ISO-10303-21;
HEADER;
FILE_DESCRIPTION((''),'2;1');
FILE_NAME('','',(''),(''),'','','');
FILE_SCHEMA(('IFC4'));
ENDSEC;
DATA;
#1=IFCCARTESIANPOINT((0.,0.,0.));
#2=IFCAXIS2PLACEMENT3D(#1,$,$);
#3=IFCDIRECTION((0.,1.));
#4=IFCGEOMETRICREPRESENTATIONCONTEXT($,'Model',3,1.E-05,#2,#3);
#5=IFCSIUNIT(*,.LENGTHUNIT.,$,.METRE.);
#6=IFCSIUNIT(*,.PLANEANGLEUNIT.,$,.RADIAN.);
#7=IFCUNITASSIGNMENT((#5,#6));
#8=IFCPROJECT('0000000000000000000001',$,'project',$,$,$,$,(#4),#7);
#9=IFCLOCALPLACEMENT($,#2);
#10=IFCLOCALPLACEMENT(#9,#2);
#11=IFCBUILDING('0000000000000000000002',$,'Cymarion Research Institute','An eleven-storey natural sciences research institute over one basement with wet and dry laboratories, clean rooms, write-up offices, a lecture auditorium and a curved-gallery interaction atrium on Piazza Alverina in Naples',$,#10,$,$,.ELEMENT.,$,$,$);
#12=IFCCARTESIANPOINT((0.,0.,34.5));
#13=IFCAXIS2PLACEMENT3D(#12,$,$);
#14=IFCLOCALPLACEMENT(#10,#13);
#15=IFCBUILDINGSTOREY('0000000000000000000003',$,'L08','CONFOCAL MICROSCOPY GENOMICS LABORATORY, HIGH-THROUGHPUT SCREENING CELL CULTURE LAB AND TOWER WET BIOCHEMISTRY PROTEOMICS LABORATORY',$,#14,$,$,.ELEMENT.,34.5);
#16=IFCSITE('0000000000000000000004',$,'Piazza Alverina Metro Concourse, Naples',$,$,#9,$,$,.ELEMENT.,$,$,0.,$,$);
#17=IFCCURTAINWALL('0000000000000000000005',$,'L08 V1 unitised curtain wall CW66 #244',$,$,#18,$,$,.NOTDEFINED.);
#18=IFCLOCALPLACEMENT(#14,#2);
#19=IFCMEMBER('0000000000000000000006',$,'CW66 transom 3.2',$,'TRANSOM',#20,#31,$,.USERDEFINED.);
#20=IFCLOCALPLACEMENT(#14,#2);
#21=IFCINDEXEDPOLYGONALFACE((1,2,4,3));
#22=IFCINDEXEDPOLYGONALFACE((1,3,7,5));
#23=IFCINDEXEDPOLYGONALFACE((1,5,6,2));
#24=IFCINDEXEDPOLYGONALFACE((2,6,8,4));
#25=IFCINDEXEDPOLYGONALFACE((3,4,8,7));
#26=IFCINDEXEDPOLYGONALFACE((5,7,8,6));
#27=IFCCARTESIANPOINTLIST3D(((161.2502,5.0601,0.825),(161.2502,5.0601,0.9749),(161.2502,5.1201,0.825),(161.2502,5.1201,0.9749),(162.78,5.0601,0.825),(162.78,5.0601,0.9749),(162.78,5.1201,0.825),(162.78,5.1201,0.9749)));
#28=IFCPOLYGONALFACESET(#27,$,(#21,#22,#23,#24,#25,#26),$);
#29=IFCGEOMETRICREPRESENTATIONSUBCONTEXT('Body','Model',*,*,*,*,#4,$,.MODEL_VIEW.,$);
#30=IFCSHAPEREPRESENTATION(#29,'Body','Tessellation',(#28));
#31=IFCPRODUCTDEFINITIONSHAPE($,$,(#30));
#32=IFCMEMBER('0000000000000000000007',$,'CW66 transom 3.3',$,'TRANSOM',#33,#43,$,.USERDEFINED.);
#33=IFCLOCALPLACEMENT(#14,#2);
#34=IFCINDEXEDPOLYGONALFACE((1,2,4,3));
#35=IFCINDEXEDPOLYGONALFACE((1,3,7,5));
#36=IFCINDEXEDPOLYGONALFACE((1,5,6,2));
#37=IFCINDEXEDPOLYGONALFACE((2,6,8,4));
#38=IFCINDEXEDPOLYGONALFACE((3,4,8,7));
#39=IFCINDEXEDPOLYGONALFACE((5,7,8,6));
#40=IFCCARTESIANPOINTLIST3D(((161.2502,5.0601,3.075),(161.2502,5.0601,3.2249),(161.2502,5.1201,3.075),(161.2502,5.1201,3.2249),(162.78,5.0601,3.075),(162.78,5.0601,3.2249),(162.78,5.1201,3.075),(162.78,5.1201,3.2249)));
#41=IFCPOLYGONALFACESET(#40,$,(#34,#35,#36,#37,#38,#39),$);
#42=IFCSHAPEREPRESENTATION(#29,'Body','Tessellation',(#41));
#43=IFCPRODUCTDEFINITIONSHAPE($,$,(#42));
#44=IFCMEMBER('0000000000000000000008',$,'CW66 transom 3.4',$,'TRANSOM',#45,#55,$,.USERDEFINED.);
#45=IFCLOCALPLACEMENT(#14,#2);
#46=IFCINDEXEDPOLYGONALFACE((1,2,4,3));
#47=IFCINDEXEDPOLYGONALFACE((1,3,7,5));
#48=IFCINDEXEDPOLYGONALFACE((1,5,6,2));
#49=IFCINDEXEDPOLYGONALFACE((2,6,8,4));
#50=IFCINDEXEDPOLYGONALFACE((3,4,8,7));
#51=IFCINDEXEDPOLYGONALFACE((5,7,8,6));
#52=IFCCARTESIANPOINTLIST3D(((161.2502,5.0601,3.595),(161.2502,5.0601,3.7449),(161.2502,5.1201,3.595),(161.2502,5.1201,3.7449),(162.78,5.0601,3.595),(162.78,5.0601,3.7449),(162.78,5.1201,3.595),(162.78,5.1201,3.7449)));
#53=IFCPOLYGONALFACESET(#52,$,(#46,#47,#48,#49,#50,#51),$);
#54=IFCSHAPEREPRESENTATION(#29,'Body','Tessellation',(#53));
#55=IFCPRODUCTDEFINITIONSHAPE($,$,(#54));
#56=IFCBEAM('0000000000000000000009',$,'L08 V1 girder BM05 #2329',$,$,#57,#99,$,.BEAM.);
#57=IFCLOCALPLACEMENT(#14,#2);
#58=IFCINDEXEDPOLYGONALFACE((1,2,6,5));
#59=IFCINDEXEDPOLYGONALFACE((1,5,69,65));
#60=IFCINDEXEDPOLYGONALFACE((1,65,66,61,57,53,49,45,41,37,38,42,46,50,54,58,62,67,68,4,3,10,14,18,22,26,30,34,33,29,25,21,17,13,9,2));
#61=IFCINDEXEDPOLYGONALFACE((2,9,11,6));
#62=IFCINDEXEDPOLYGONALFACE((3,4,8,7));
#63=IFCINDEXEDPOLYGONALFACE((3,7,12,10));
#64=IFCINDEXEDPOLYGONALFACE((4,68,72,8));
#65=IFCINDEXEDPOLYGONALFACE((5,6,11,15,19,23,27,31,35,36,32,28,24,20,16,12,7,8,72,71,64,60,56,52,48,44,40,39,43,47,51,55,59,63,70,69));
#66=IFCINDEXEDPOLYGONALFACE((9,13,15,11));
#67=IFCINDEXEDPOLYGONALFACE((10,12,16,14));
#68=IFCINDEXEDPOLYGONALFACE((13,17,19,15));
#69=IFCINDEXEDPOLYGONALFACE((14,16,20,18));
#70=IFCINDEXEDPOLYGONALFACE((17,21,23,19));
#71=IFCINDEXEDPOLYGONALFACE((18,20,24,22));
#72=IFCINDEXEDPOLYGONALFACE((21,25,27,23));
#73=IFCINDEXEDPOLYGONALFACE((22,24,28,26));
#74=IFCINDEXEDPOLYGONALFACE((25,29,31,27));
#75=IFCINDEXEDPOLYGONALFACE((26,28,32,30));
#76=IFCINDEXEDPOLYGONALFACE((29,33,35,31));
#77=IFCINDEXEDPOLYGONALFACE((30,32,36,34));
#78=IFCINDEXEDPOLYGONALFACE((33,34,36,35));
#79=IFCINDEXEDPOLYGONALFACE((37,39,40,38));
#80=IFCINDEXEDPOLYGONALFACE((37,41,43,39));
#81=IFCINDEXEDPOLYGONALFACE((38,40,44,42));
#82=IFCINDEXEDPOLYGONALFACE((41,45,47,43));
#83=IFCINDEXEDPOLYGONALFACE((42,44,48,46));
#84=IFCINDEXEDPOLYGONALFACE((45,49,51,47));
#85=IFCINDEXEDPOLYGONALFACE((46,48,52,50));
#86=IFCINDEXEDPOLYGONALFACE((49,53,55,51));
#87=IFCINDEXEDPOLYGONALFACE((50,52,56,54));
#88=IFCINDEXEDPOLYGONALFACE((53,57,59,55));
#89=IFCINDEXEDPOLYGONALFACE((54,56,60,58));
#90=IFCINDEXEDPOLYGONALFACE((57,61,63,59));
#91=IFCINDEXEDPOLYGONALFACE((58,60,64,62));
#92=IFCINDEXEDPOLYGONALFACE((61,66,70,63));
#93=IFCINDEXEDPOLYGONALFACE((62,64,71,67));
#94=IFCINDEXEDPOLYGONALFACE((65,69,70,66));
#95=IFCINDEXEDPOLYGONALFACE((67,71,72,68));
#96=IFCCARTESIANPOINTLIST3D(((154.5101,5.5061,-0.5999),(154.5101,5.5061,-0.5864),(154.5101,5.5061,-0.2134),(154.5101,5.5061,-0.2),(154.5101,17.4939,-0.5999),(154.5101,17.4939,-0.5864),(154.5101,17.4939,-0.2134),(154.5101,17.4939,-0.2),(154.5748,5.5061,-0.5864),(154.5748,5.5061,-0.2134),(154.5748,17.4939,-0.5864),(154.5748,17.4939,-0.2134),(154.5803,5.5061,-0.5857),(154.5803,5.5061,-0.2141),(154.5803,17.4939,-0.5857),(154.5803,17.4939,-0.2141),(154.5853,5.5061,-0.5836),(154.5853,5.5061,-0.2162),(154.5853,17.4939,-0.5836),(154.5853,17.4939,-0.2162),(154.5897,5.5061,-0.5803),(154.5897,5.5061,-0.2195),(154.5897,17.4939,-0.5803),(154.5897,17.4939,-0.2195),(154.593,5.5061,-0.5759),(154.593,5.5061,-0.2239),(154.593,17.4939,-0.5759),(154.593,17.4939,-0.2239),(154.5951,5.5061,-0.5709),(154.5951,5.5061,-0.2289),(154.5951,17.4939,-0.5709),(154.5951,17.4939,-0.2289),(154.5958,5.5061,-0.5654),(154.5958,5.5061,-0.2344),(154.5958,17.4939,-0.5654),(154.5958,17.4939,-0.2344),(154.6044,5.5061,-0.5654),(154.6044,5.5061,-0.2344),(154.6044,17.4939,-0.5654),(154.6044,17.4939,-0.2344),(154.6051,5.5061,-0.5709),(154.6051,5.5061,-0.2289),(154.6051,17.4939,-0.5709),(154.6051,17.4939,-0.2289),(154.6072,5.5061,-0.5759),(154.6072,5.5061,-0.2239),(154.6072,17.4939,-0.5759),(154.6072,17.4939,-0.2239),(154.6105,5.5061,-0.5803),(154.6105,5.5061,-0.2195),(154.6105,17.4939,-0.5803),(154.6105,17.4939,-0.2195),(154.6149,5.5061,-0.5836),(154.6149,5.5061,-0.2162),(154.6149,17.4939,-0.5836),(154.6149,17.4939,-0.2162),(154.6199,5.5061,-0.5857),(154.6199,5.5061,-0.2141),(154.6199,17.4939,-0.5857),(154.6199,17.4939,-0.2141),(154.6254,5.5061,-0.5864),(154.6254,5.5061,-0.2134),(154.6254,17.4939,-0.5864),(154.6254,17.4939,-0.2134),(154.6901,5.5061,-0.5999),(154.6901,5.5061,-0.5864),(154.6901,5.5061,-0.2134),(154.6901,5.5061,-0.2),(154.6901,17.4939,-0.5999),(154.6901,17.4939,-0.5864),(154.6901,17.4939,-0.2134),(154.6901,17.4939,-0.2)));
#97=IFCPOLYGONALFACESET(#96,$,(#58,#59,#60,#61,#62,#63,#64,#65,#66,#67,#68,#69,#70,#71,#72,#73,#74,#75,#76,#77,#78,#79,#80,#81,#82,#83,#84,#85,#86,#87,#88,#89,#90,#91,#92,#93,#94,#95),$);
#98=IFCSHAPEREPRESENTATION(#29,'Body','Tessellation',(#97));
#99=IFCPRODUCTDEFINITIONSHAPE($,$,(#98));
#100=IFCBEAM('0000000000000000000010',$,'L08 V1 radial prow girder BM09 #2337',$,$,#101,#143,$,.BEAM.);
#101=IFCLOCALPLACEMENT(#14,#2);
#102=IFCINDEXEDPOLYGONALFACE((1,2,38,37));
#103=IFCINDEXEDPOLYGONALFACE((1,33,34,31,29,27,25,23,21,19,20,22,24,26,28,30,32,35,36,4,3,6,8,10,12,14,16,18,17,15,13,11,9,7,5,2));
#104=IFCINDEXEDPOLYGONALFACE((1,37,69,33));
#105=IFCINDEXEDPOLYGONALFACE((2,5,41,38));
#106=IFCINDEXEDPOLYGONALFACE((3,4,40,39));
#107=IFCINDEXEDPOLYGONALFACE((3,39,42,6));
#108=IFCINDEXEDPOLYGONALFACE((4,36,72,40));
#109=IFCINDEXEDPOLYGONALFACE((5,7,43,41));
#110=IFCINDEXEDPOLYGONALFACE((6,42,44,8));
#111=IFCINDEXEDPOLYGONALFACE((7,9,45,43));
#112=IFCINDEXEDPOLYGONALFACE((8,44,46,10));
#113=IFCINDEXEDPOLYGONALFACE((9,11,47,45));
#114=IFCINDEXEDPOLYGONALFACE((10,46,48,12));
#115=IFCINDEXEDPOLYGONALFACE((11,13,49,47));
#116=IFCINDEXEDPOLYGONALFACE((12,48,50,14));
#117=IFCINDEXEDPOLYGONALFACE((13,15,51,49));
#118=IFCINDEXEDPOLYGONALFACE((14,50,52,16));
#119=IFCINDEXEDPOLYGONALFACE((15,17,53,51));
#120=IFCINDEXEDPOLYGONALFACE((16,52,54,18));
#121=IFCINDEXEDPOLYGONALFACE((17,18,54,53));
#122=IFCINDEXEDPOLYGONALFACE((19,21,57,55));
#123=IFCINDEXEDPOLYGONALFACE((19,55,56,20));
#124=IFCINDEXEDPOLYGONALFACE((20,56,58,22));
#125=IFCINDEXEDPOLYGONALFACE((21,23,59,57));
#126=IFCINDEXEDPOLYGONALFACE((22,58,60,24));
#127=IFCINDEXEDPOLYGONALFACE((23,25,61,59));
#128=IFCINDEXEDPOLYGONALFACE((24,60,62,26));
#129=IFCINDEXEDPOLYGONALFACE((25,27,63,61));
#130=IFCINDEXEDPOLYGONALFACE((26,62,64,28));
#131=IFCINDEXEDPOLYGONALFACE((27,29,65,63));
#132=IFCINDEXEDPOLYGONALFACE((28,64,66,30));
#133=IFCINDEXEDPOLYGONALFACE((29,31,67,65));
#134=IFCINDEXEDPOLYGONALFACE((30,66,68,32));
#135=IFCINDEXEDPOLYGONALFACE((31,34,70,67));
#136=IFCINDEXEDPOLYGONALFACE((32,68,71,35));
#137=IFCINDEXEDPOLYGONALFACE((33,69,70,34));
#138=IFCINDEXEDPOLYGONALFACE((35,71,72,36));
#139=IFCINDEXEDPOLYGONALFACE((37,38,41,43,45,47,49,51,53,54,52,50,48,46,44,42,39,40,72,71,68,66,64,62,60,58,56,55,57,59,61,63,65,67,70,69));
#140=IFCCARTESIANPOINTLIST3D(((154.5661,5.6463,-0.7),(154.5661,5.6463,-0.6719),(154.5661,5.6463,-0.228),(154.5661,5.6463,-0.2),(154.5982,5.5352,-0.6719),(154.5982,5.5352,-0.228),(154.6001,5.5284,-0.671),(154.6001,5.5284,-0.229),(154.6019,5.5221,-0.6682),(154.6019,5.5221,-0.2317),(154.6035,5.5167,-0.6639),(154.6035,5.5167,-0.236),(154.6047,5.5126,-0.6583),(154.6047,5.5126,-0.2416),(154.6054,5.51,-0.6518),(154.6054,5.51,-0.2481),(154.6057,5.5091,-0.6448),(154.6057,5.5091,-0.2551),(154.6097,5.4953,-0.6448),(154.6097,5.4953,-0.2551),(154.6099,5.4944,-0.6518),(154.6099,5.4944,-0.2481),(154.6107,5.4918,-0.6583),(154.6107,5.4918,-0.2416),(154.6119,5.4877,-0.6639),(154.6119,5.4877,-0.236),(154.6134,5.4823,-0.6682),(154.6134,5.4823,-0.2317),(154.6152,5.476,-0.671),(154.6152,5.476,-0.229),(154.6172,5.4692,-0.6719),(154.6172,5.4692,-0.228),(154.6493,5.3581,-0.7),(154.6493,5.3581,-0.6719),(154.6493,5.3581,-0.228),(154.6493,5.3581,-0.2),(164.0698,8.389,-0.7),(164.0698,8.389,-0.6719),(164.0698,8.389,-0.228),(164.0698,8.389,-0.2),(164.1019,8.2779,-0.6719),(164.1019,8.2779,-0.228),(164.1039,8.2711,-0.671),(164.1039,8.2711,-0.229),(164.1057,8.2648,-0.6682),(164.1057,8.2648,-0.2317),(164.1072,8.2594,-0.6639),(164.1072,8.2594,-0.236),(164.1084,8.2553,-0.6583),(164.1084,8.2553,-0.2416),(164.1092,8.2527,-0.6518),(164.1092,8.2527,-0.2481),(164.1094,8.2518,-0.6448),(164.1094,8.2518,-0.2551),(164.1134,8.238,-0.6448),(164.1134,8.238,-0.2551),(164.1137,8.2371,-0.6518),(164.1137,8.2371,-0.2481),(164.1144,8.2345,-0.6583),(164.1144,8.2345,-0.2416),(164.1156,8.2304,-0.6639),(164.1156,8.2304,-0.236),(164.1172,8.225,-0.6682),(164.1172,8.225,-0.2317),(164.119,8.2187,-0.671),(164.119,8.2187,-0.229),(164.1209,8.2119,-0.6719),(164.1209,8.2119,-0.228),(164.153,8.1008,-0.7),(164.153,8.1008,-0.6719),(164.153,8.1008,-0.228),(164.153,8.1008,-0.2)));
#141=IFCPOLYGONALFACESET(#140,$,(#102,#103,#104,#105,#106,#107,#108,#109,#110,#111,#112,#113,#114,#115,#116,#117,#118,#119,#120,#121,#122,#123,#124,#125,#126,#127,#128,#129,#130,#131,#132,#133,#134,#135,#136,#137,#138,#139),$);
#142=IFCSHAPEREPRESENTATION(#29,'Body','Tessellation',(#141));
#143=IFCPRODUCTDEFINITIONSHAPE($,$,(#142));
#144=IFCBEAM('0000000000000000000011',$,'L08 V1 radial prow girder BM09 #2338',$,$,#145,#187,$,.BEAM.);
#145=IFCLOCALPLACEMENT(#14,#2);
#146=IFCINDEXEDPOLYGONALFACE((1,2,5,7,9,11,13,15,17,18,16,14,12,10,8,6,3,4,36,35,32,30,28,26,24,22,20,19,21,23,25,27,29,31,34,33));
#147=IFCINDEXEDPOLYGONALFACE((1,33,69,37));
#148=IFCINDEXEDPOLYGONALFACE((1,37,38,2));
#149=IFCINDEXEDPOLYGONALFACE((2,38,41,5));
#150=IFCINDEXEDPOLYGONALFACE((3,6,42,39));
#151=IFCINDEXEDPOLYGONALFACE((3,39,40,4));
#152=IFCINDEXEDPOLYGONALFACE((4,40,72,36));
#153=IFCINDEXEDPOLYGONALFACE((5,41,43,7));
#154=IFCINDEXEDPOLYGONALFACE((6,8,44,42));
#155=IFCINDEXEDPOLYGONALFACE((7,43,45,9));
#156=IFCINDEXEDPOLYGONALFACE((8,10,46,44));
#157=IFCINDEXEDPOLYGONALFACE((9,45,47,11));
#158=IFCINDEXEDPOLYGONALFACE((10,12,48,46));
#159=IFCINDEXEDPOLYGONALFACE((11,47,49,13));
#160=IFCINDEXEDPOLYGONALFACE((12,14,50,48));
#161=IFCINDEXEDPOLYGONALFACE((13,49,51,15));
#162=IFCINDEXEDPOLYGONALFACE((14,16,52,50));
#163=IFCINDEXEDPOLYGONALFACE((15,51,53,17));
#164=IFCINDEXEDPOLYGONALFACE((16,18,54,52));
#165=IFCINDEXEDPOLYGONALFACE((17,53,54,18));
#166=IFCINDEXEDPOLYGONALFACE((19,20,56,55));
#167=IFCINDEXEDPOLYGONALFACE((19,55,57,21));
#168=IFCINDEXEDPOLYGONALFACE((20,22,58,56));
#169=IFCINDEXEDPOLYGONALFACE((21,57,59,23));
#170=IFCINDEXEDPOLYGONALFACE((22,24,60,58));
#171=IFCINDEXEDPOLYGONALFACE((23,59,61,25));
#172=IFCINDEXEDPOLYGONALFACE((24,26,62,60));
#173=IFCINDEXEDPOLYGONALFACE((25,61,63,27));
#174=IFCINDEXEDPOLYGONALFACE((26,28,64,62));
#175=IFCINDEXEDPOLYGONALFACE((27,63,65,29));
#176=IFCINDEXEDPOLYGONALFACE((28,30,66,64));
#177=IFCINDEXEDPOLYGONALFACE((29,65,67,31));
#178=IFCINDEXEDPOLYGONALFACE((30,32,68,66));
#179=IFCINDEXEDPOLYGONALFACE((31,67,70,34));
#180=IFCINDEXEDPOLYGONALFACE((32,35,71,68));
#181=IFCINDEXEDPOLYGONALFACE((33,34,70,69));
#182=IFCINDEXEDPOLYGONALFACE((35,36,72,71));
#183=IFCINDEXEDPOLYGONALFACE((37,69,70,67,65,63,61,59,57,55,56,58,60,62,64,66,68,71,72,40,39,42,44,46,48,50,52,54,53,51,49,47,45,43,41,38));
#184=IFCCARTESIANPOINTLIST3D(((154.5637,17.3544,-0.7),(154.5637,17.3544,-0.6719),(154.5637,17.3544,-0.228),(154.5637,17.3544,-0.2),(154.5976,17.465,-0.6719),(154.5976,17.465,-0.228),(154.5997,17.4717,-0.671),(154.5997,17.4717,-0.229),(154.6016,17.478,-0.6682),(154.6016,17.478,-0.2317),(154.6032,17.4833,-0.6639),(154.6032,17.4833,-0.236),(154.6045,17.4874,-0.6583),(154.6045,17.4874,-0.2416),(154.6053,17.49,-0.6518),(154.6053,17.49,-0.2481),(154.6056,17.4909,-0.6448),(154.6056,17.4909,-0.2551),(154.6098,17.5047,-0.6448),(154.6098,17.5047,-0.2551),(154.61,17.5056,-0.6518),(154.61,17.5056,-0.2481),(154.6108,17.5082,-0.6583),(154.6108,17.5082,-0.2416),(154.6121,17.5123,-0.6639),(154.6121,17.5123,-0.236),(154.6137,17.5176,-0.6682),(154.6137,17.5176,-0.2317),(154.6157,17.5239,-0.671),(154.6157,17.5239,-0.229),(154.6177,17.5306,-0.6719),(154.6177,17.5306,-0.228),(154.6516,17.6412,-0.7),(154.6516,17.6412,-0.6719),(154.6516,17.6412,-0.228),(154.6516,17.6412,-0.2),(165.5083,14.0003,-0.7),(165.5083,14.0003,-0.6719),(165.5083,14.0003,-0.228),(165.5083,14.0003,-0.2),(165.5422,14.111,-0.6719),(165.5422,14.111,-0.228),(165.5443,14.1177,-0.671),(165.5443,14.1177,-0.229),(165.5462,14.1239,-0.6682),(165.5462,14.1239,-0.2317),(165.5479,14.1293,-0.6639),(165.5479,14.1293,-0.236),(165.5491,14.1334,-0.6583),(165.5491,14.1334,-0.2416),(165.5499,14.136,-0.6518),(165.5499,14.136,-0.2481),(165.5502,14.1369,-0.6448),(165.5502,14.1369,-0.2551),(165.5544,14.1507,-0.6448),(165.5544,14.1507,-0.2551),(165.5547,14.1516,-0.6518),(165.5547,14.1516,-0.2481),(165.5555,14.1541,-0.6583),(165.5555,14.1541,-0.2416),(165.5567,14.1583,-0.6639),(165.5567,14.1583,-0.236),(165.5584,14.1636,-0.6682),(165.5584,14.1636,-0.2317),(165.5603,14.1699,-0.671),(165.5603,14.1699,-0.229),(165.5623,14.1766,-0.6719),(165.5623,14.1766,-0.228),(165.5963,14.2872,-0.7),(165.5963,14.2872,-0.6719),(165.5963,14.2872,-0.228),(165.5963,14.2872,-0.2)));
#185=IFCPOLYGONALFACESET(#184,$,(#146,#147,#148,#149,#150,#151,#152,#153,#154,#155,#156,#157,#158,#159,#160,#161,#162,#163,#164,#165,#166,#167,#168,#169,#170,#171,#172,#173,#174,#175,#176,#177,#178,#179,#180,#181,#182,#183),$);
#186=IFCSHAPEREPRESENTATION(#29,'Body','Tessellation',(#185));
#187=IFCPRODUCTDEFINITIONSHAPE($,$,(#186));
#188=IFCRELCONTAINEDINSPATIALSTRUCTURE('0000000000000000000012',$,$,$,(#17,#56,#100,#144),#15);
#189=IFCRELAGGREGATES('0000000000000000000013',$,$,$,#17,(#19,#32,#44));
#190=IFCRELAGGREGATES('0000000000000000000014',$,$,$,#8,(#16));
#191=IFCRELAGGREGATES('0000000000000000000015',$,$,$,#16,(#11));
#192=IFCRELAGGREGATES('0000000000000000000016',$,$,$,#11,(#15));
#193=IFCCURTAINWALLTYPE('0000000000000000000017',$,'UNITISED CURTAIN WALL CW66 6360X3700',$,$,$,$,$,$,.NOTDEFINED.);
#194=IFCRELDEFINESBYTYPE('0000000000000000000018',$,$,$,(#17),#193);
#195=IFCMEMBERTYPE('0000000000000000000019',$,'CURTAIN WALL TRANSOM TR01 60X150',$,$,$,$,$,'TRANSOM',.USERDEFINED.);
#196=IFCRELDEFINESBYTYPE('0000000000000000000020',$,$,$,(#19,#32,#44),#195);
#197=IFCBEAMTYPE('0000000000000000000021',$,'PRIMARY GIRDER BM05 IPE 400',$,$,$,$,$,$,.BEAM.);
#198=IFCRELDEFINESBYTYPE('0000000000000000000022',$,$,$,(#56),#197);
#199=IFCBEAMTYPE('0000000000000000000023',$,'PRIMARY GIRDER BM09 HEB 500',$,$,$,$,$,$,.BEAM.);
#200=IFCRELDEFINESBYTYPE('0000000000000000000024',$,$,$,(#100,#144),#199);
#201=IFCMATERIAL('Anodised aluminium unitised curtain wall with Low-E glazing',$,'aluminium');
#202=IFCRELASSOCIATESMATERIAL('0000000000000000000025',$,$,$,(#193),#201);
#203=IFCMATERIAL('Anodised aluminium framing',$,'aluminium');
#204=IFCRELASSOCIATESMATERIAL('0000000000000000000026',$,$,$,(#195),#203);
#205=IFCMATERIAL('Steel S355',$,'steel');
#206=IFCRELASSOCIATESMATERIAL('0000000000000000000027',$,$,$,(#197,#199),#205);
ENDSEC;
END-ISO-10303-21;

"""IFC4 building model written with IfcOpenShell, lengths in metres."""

from ifc_helpers import new_model, si_unit, direction, frame, origin, origin_2d, place, context, subcontext, project, spatial, rectangle, i_section, extrude, material, material_profile, profile_set, type_object, element, aggregate, save


model = new_model("IFC4")

# Units and contexts
model_context = context("Model", 3, precision=1e-05, world=origin(), true_north=direction((0.0, 1.0)))
body_context = subcontext(model_context, "Body", "Model", "MODEL_VIEW")
ifc_project = project(units=[si_unit("LENGTHUNIT", "METRE"), si_unit("PLANEANGLEUNIT", "RADIAN")], contexts=[model_context])

# Site, building, storey
site_placement = place(None, origin())
site = spatial("IfcSite", under=ifc_project, at=site_placement, Name="Piazza Alverina Metro Concourse, Naples", CompositionType="ELEMENT", RefElevation=0.0)
building_placement = place(site_placement, origin())
building = spatial("IfcBuilding", under=site, at=building_placement, Name="Cymarion Research Institute", Description="An eleven-storey natural sciences research institute over one basement with wet and dry laboratories, clean rooms, write-up offices, a lecture auditorium and a curved-gallery interaction atrium on Piazza Alverina in Naples", CompositionType="ELEMENT")
storey_placement = place(building_placement, frame((0.0, 0.0, 34.5)))
storey = spatial("IfcBuildingStorey", under=building, at=storey_placement, Name="L08", Description="CONFOCAL MICROSCOPY GENOMICS LABORATORY, HIGH-THROUGHPUT SCREENING CELL CULTURE LAB AND TOWER WET BIOCHEMISTRY PROTEOMICS LABORATORY", CompositionType="ELEMENT", Elevation=34.5)

# Shared definitions
ifc_material_1 = material(Name="Steel S355", Category="steel")

# Curtain wall, members
ifc_material_2 = material(Name="Anodised aluminium unitised curtain wall with Low-E glazing", Category="aluminium")
curtain_wall_type = type_object("IfcCurtainWallType", Name="UNITISED CURTAIN WALL CW66 6360X3700", PredefinedType="NOTDEFINED", material=ifc_material_2)
curtain_wall_placement = place(storey_placement, origin())
curtain_wall = element("IfcCurtainWall", 1, at=curtain_wall_placement, inside=storey, type_object=curtain_wall_type, Name="L08 V1 unitised curtain wall CW66 #244", PredefinedType="NOTDEFINED")
ifc_material_3 = material(Name="Anodised aluminium framing", Category="aluminium")
ifc_material_profile_1 = material_profile(ifc_material_3, rectangle(XDim=0.0601, YDim=0.1499, at=origin_2d()), Name="ALU TRANSOM 60x150")
ifc_profile_set_1 = profile_set([ifc_material_profile_1], Name="Anodised aluminium framing")
member_type_1 = type_object("IfcMemberType", Name="CURTAIN WALL TRANSOM TR01 60X150", ElementType="TRANSOM", PredefinedType="USERDEFINED", material=ifc_profile_set_1)
member_1_placement = place(storey_placement, frame((161.2502, 5.0901, 0.8999), z_axis=(1.0, 0.0, 0.0), x_axis=(0.0, 1.0, 0.0)))
member_1 = element("IfcMember", 2, at=member_1_placement, type_object=member_type_1, Name="CW66 transom 3.2", ObjectType="TRANSOM", PredefinedType="USERDEFINED", context=body_context, shape_type="SweptSolid", body=[
    extrude(rectangle(XDim=0.0601, YDim=0.1499, at=origin_2d()), origin(), (0.0, 0.0, 1.0), 1.5298),
])
member_2_placement = place(storey_placement, frame((161.2502, 5.0901, 3.1499), z_axis=(1.0, 0.0, 0.0), x_axis=(0.0, 1.0, 0.0)))
member_2 = element("IfcMember", 3, at=member_2_placement, type_object=member_type_1, Name="CW66 transom 3.3", ObjectType="TRANSOM", PredefinedType="USERDEFINED", context=body_context, shape_type="SweptSolid", body=[
    extrude(rectangle(XDim=0.0601, YDim=0.1499, at=origin_2d()), origin(), (0.0, 0.0, 1.0), 1.5298),
])
member_3_placement = place(storey_placement, frame((161.2502, 5.0901, 3.6699), z_axis=(1.0, 0.0, 0.0), x_axis=(0.0, 1.0, 0.0)))
member_3 = element("IfcMember", 4, at=member_3_placement, type_object=member_type_1, Name="CW66 transom 3.4", ObjectType="TRANSOM", PredefinedType="USERDEFINED", context=body_context, shape_type="SweptSolid", body=[
    extrude(rectangle(XDim=0.0601, YDim=0.1499, at=origin_2d()), origin(), (0.0, 0.0, 1.0), 1.5298),
])

# Beams
ifc_material_profile_2 = material_profile(ifc_material_1, i_section(OverallWidth=0.1799, OverallDepth=0.3999, WebThickness=0.0085, FlangeThickness=0.0134, FilletRadius=0.021, at=origin_2d()), Name="IPE 400")
ifc_profile_set_2 = profile_set([ifc_material_profile_2], Name="Steel S355")
beam_type_1 = type_object("IfcBeamType", Name="PRIMARY GIRDER BM05 IPE 400", PredefinedType="BEAM", material=ifc_profile_set_2)
beam_1_placement = place(storey_placement, frame((154.6001, 5.5061, -0.3999), z_axis=(0.0, 1.0, 0.0), x_axis=(-1.0, 0.0, 0.0)))
element("IfcBeam", 5, at=beam_1_placement, inside=storey, type_object=beam_type_1, Name="L08 V1 girder BM05 #2329", PredefinedType="BEAM", context=body_context, shape_type="SweptSolid", body=[
    extrude(i_section(OverallWidth=0.1799, OverallDepth=0.3999, WebThickness=0.0085, FlangeThickness=0.0134, FilletRadius=0.021, at=origin_2d()), origin(), (0.0, 0.0, 1.0), 11.9878),
])
ifc_material_profile_3 = material_profile(ifc_material_1, i_section(OverallWidth=0.3, OverallDepth=0.5, WebThickness=0.0144, FlangeThickness=0.0281, FilletRadius=0.0271, at=origin_2d()), Name="HEB 500")
ifc_profile_set_3 = profile_set([ifc_material_profile_3], Name="Steel S355")
beam_type_2 = type_object("IfcBeamType", Name="PRIMARY GIRDER BM09 HEB 500", PredefinedType="BEAM", material=ifc_profile_set_3)
beam_2_placement = place(storey_placement, frame((154.6077, 5.5022, -0.45), z_axis=(0.96079, 0.277276, 0.0), x_axis=(-0.277276, 0.96079, 0.0)))
element("IfcBeam", 6, at=beam_2_placement, inside=storey, type_object=beam_type_2, Name="L08 V1 radial prow girder BM09 #2337", PredefinedType="BEAM", context=body_context, shape_type="SweptSolid", body=[
    extrude(i_section(OverallWidth=0.3, OverallDepth=0.5, WebThickness=0.0144, FlangeThickness=0.0281, FilletRadius=0.0271, at=origin_2d()), origin(), (0.0, 0.0, 1.0), 9.8916),
])
beam_3_placement = place(storey_placement, frame((154.6077, 17.4978, -0.45), z_axis=(0.956111, -0.293004, 0.0), x_axis=(0.293004, 0.956111, 0.0)))
element("IfcBeam", 7, at=beam_3_placement, inside=storey, type_object=beam_type_2, Name="L08 V1 radial prow girder BM09 #2338", PredefinedType="BEAM", context=body_context, shape_type="SweptSolid", body=[
    extrude(i_section(OverallWidth=0.3, OverallDepth=0.5, WebThickness=0.0144, FlangeThickness=0.0281, FilletRadius=0.0271, at=origin_2d()), origin(), (0.0, 0.0, 1.0), 11.447),
])

aggregate(curtain_wall, [member_1, member_2, member_3])

save(model, "model.ifc")
